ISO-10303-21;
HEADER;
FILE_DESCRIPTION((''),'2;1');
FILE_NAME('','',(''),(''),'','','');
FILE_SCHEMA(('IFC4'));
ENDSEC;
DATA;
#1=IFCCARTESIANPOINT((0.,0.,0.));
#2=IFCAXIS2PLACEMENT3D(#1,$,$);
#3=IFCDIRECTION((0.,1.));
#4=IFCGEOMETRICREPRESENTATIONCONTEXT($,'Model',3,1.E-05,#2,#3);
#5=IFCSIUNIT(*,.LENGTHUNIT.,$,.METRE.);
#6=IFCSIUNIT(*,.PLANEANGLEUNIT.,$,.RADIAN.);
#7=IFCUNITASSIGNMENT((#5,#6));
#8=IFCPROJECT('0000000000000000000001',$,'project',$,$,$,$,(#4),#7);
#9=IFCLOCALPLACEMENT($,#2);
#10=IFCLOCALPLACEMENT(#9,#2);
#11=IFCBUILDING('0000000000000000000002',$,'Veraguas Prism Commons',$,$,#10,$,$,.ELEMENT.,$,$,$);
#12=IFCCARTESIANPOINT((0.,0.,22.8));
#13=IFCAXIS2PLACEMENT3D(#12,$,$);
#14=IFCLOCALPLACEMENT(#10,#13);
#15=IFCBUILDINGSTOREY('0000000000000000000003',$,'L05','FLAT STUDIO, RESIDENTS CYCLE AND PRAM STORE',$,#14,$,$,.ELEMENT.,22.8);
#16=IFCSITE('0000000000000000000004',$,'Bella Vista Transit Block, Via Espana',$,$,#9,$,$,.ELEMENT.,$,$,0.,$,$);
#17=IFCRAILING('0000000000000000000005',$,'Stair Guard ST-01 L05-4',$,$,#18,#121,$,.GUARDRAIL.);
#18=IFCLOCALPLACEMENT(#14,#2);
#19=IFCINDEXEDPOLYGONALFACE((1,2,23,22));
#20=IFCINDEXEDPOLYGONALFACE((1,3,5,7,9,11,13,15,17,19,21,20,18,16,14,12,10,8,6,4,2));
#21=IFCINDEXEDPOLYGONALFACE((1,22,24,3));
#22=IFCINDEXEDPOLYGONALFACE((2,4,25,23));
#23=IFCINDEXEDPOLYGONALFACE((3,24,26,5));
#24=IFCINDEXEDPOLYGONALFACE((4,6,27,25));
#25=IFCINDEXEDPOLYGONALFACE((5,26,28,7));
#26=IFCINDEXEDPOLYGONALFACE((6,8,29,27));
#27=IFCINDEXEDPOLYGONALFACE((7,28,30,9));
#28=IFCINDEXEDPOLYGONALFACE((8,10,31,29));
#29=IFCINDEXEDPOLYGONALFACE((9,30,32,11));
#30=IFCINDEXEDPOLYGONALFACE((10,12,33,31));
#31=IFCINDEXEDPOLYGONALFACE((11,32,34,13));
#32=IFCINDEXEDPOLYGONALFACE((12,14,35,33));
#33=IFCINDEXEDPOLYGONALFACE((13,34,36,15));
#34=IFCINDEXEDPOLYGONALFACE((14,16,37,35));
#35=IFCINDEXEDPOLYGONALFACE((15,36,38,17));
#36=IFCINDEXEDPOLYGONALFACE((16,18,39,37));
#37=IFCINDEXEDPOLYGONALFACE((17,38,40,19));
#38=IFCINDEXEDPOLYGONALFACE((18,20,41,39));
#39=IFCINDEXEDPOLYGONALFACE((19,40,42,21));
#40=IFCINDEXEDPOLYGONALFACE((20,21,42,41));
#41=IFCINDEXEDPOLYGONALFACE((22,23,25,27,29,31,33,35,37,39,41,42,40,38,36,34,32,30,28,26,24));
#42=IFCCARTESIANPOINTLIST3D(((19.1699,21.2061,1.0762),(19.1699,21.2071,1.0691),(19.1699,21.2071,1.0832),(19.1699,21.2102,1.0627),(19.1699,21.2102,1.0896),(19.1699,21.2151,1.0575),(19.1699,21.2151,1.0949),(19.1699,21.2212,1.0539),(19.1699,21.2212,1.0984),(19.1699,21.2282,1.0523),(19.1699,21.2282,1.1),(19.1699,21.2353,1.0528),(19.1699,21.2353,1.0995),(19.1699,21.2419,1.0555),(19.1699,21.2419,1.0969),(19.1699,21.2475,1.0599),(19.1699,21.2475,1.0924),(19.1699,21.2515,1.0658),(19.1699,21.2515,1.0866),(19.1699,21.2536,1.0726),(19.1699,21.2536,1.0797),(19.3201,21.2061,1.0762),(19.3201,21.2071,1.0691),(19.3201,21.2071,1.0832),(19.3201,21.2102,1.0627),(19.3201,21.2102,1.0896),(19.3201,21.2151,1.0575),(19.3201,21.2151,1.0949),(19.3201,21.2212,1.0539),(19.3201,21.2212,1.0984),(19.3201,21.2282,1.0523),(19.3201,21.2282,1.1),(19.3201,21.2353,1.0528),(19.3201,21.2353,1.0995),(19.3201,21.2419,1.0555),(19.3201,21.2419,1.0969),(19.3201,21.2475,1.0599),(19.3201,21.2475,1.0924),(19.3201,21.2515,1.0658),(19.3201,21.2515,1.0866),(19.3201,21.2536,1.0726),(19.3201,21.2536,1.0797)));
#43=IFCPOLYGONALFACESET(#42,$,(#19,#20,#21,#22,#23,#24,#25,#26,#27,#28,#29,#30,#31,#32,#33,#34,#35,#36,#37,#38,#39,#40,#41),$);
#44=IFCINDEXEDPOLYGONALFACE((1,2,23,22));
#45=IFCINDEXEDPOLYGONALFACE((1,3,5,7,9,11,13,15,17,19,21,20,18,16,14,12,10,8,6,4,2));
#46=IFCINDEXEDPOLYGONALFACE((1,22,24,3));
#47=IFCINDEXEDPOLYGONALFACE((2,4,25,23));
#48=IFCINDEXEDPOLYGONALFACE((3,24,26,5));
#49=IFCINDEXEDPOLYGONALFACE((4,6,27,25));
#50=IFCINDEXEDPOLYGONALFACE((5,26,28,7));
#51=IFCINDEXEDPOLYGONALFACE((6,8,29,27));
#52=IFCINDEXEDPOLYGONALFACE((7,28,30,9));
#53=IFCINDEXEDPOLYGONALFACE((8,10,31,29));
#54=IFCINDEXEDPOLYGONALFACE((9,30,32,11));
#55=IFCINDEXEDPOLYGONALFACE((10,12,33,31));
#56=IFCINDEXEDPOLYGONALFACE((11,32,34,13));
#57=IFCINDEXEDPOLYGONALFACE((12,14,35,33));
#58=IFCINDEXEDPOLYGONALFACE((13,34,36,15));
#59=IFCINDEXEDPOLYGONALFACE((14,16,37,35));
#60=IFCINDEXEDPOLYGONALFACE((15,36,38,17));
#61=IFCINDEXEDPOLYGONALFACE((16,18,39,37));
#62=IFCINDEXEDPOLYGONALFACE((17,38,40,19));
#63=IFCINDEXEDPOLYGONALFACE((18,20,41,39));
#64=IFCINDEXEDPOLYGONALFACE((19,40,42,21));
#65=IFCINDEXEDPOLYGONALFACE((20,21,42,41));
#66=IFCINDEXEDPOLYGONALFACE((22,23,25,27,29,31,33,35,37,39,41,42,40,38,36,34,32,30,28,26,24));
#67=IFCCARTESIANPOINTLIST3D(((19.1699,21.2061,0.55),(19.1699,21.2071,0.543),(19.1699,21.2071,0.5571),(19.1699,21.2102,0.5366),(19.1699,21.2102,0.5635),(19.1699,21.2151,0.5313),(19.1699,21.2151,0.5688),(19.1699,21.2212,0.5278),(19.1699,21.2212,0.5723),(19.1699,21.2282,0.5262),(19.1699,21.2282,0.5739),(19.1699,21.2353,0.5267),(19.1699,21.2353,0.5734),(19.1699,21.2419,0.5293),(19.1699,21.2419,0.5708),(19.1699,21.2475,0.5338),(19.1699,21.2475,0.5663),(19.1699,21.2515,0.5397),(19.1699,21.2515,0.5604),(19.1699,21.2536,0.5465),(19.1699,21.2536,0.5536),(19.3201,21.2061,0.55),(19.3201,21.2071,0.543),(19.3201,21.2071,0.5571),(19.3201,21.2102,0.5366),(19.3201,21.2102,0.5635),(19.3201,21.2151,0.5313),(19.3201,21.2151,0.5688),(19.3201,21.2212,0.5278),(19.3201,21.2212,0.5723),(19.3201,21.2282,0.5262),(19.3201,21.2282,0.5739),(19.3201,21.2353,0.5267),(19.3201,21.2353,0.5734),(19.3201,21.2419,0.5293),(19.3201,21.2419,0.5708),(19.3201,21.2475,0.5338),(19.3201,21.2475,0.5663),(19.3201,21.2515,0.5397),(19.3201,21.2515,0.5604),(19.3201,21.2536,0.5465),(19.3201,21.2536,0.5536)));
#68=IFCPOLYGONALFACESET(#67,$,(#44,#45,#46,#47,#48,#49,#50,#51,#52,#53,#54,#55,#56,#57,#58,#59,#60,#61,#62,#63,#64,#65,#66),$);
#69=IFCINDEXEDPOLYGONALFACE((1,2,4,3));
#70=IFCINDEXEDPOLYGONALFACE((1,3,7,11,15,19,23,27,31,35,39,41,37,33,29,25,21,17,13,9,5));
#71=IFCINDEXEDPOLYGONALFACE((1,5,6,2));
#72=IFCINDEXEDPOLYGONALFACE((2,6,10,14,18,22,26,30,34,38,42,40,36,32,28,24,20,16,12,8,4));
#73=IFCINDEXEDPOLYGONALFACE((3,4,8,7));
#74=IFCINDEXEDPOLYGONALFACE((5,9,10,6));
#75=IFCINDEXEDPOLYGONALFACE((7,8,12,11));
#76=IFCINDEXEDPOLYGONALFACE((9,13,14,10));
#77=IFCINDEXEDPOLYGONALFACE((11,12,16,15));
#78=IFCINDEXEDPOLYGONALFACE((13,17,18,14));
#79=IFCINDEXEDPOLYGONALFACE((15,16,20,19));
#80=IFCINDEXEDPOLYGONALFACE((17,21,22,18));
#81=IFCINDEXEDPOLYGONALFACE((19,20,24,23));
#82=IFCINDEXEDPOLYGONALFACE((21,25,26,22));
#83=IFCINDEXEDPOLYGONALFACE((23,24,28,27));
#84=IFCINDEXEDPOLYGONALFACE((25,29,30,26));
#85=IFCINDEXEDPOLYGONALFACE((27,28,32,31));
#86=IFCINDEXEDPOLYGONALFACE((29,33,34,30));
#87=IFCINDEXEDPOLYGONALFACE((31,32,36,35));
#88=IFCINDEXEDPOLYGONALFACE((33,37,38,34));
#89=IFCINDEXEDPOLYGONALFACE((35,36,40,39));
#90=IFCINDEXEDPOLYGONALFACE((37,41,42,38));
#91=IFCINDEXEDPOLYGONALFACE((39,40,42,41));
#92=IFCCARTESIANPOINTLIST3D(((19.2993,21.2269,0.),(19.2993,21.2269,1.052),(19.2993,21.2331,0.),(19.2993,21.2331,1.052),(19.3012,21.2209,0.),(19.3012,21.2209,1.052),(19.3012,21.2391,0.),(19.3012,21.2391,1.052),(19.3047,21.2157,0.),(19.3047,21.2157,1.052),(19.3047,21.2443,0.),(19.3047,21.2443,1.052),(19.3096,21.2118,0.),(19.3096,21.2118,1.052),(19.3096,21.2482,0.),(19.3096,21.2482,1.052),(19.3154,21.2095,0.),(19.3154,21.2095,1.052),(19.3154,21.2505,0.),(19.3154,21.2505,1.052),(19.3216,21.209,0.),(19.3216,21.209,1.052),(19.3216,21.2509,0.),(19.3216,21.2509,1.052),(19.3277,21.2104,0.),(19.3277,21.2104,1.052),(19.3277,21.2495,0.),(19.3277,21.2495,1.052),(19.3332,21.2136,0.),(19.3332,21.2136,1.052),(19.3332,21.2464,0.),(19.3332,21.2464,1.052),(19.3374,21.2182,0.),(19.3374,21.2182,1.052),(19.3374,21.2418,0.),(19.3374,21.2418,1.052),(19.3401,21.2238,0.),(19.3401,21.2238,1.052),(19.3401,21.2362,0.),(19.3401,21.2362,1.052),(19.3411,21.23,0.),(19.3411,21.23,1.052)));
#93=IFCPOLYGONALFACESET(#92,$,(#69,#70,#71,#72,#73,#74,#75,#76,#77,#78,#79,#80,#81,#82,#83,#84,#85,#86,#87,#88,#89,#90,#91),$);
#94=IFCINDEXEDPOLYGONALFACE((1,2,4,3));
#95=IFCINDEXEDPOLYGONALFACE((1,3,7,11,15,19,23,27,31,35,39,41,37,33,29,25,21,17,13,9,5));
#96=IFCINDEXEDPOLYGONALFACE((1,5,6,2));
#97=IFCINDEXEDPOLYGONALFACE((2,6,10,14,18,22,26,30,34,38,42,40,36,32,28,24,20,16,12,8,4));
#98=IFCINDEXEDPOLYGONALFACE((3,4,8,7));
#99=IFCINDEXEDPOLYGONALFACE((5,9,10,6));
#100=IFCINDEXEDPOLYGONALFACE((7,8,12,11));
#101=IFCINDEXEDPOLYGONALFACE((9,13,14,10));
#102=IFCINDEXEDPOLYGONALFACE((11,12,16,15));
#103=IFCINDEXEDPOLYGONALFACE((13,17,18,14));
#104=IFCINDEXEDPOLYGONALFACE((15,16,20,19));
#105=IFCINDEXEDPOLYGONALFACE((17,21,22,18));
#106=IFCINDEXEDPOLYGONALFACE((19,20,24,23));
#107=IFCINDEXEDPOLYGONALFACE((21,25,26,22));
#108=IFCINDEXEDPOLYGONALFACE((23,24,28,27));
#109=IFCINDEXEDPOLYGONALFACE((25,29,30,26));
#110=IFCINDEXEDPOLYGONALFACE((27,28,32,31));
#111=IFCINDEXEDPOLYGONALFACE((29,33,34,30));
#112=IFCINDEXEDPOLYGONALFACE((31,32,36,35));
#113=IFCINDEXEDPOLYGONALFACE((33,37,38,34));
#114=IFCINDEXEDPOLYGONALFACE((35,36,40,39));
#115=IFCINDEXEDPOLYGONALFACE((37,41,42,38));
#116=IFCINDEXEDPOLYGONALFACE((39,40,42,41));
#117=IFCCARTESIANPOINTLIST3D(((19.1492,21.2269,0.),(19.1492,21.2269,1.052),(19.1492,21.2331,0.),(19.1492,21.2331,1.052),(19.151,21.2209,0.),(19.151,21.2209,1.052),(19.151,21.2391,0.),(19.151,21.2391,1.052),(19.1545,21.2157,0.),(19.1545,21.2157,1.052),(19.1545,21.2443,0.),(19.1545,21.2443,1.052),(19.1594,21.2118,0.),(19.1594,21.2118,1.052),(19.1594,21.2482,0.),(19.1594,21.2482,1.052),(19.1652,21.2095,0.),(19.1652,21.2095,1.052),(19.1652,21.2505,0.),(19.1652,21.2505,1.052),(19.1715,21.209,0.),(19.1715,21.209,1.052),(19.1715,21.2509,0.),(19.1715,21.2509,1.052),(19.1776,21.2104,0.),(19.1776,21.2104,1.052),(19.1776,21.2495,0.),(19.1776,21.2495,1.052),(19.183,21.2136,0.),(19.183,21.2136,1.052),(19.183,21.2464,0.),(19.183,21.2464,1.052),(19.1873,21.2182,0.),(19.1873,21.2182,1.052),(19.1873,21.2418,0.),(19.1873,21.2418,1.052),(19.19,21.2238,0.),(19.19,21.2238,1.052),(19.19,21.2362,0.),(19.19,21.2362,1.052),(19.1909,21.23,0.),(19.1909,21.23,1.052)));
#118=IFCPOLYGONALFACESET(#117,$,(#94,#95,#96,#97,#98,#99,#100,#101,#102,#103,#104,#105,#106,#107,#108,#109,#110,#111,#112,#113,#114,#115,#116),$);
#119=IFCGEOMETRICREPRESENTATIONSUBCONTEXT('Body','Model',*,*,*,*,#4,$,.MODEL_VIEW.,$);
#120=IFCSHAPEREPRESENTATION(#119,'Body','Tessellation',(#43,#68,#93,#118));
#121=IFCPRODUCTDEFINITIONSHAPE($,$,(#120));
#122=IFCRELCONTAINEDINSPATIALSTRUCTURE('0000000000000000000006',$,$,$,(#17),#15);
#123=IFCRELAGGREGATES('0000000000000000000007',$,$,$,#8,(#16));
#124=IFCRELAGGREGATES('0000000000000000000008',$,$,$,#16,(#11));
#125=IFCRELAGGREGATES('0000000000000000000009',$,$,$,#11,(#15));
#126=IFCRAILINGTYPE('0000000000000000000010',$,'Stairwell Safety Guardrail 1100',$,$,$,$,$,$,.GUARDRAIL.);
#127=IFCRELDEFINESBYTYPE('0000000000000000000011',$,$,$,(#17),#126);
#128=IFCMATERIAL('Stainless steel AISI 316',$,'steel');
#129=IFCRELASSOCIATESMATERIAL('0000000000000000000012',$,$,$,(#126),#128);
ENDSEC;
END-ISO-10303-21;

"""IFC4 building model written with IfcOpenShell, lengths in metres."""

from ifc_helpers import new_model, si_unit, direction, frame, origin, origin_2d, place, context, subcontext, project, spatial, circle, extrude, material, type_object, element, save


model = new_model("IFC4")

# Units and contexts
model_context = context("Model", 3, precision=1e-05, world=origin(), true_north=direction((0.0, 1.0)))
body_context = subcontext(model_context, "Body", "Model", "MODEL_VIEW")
ifc_project = project(units=[si_unit("LENGTHUNIT", "METRE"), si_unit("PLANEANGLEUNIT", "RADIAN")], contexts=[model_context])

# Site, building, storey
site_placement = place(None, origin())
site = spatial("IfcSite", under=ifc_project, at=site_placement, Name="Bella Vista Transit Block, Via Espana", CompositionType="ELEMENT", RefElevation=0.0)
building_placement = place(site_placement, origin())
building = spatial("IfcBuilding", under=site, at=building_placement, Name="Veraguas Prism Commons", CompositionType="ELEMENT")
storey_placement = place(building_placement, frame((0.0, 0.0, 22.8)))
storey = spatial("IfcBuildingStorey", under=building, at=storey_placement, Name="L05", Description="FLAT STUDIO, RESIDENTS CYCLE AND PRAM STORE", CompositionType="ELEMENT", Elevation=22.8)

# Railing
ifc_material_1 = material(Name="Stainless steel AISI 316", Category="steel")
railing_type_1 = type_object("IfcRailingType", Name="Stairwell Safety Guardrail 1100", PredefinedType="GUARDRAIL", material=ifc_material_1)
railing_1_placement = place(storey_placement, frame((19.3201, 21.23, 0.0)))
element("IfcRailing", 1, at=railing_1_placement, inside=storey, type_object=railing_type_1, Name="Stair Guard ST-01 L05-4", PredefinedType="GUARDRAIL", context=body_context, shape_type="SweptSolid", body=[
    extrude(circle(Radius=0.0239, at=origin_2d()), frame((0.0, 0.0, 1.0762), z_axis=(-1.0, 0.0, 0.0), x_axis=(0.0, -1.0, 0.0)), (0.0, 0.0, 1.0), 0.1501),
    extrude(circle(Radius=0.0239, at=origin_2d()), frame((0.0, 0.0, 0.55), z_axis=(-1.0, 0.0, 0.0), x_axis=(0.0, -1.0, 0.0)), (0.0, 0.0, 1.0), 0.1501),
    extrude(circle(Radius=0.021, at=origin_2d()), origin(), (0.0, 0.0, 1.0), 1.052),
    extrude(circle(Radius=0.021, at=origin_2d()), frame((-0.1501, 0.0, 0.0)), (0.0, 0.0, 1.0), 1.052),
])

save(model, "model.ifc")
